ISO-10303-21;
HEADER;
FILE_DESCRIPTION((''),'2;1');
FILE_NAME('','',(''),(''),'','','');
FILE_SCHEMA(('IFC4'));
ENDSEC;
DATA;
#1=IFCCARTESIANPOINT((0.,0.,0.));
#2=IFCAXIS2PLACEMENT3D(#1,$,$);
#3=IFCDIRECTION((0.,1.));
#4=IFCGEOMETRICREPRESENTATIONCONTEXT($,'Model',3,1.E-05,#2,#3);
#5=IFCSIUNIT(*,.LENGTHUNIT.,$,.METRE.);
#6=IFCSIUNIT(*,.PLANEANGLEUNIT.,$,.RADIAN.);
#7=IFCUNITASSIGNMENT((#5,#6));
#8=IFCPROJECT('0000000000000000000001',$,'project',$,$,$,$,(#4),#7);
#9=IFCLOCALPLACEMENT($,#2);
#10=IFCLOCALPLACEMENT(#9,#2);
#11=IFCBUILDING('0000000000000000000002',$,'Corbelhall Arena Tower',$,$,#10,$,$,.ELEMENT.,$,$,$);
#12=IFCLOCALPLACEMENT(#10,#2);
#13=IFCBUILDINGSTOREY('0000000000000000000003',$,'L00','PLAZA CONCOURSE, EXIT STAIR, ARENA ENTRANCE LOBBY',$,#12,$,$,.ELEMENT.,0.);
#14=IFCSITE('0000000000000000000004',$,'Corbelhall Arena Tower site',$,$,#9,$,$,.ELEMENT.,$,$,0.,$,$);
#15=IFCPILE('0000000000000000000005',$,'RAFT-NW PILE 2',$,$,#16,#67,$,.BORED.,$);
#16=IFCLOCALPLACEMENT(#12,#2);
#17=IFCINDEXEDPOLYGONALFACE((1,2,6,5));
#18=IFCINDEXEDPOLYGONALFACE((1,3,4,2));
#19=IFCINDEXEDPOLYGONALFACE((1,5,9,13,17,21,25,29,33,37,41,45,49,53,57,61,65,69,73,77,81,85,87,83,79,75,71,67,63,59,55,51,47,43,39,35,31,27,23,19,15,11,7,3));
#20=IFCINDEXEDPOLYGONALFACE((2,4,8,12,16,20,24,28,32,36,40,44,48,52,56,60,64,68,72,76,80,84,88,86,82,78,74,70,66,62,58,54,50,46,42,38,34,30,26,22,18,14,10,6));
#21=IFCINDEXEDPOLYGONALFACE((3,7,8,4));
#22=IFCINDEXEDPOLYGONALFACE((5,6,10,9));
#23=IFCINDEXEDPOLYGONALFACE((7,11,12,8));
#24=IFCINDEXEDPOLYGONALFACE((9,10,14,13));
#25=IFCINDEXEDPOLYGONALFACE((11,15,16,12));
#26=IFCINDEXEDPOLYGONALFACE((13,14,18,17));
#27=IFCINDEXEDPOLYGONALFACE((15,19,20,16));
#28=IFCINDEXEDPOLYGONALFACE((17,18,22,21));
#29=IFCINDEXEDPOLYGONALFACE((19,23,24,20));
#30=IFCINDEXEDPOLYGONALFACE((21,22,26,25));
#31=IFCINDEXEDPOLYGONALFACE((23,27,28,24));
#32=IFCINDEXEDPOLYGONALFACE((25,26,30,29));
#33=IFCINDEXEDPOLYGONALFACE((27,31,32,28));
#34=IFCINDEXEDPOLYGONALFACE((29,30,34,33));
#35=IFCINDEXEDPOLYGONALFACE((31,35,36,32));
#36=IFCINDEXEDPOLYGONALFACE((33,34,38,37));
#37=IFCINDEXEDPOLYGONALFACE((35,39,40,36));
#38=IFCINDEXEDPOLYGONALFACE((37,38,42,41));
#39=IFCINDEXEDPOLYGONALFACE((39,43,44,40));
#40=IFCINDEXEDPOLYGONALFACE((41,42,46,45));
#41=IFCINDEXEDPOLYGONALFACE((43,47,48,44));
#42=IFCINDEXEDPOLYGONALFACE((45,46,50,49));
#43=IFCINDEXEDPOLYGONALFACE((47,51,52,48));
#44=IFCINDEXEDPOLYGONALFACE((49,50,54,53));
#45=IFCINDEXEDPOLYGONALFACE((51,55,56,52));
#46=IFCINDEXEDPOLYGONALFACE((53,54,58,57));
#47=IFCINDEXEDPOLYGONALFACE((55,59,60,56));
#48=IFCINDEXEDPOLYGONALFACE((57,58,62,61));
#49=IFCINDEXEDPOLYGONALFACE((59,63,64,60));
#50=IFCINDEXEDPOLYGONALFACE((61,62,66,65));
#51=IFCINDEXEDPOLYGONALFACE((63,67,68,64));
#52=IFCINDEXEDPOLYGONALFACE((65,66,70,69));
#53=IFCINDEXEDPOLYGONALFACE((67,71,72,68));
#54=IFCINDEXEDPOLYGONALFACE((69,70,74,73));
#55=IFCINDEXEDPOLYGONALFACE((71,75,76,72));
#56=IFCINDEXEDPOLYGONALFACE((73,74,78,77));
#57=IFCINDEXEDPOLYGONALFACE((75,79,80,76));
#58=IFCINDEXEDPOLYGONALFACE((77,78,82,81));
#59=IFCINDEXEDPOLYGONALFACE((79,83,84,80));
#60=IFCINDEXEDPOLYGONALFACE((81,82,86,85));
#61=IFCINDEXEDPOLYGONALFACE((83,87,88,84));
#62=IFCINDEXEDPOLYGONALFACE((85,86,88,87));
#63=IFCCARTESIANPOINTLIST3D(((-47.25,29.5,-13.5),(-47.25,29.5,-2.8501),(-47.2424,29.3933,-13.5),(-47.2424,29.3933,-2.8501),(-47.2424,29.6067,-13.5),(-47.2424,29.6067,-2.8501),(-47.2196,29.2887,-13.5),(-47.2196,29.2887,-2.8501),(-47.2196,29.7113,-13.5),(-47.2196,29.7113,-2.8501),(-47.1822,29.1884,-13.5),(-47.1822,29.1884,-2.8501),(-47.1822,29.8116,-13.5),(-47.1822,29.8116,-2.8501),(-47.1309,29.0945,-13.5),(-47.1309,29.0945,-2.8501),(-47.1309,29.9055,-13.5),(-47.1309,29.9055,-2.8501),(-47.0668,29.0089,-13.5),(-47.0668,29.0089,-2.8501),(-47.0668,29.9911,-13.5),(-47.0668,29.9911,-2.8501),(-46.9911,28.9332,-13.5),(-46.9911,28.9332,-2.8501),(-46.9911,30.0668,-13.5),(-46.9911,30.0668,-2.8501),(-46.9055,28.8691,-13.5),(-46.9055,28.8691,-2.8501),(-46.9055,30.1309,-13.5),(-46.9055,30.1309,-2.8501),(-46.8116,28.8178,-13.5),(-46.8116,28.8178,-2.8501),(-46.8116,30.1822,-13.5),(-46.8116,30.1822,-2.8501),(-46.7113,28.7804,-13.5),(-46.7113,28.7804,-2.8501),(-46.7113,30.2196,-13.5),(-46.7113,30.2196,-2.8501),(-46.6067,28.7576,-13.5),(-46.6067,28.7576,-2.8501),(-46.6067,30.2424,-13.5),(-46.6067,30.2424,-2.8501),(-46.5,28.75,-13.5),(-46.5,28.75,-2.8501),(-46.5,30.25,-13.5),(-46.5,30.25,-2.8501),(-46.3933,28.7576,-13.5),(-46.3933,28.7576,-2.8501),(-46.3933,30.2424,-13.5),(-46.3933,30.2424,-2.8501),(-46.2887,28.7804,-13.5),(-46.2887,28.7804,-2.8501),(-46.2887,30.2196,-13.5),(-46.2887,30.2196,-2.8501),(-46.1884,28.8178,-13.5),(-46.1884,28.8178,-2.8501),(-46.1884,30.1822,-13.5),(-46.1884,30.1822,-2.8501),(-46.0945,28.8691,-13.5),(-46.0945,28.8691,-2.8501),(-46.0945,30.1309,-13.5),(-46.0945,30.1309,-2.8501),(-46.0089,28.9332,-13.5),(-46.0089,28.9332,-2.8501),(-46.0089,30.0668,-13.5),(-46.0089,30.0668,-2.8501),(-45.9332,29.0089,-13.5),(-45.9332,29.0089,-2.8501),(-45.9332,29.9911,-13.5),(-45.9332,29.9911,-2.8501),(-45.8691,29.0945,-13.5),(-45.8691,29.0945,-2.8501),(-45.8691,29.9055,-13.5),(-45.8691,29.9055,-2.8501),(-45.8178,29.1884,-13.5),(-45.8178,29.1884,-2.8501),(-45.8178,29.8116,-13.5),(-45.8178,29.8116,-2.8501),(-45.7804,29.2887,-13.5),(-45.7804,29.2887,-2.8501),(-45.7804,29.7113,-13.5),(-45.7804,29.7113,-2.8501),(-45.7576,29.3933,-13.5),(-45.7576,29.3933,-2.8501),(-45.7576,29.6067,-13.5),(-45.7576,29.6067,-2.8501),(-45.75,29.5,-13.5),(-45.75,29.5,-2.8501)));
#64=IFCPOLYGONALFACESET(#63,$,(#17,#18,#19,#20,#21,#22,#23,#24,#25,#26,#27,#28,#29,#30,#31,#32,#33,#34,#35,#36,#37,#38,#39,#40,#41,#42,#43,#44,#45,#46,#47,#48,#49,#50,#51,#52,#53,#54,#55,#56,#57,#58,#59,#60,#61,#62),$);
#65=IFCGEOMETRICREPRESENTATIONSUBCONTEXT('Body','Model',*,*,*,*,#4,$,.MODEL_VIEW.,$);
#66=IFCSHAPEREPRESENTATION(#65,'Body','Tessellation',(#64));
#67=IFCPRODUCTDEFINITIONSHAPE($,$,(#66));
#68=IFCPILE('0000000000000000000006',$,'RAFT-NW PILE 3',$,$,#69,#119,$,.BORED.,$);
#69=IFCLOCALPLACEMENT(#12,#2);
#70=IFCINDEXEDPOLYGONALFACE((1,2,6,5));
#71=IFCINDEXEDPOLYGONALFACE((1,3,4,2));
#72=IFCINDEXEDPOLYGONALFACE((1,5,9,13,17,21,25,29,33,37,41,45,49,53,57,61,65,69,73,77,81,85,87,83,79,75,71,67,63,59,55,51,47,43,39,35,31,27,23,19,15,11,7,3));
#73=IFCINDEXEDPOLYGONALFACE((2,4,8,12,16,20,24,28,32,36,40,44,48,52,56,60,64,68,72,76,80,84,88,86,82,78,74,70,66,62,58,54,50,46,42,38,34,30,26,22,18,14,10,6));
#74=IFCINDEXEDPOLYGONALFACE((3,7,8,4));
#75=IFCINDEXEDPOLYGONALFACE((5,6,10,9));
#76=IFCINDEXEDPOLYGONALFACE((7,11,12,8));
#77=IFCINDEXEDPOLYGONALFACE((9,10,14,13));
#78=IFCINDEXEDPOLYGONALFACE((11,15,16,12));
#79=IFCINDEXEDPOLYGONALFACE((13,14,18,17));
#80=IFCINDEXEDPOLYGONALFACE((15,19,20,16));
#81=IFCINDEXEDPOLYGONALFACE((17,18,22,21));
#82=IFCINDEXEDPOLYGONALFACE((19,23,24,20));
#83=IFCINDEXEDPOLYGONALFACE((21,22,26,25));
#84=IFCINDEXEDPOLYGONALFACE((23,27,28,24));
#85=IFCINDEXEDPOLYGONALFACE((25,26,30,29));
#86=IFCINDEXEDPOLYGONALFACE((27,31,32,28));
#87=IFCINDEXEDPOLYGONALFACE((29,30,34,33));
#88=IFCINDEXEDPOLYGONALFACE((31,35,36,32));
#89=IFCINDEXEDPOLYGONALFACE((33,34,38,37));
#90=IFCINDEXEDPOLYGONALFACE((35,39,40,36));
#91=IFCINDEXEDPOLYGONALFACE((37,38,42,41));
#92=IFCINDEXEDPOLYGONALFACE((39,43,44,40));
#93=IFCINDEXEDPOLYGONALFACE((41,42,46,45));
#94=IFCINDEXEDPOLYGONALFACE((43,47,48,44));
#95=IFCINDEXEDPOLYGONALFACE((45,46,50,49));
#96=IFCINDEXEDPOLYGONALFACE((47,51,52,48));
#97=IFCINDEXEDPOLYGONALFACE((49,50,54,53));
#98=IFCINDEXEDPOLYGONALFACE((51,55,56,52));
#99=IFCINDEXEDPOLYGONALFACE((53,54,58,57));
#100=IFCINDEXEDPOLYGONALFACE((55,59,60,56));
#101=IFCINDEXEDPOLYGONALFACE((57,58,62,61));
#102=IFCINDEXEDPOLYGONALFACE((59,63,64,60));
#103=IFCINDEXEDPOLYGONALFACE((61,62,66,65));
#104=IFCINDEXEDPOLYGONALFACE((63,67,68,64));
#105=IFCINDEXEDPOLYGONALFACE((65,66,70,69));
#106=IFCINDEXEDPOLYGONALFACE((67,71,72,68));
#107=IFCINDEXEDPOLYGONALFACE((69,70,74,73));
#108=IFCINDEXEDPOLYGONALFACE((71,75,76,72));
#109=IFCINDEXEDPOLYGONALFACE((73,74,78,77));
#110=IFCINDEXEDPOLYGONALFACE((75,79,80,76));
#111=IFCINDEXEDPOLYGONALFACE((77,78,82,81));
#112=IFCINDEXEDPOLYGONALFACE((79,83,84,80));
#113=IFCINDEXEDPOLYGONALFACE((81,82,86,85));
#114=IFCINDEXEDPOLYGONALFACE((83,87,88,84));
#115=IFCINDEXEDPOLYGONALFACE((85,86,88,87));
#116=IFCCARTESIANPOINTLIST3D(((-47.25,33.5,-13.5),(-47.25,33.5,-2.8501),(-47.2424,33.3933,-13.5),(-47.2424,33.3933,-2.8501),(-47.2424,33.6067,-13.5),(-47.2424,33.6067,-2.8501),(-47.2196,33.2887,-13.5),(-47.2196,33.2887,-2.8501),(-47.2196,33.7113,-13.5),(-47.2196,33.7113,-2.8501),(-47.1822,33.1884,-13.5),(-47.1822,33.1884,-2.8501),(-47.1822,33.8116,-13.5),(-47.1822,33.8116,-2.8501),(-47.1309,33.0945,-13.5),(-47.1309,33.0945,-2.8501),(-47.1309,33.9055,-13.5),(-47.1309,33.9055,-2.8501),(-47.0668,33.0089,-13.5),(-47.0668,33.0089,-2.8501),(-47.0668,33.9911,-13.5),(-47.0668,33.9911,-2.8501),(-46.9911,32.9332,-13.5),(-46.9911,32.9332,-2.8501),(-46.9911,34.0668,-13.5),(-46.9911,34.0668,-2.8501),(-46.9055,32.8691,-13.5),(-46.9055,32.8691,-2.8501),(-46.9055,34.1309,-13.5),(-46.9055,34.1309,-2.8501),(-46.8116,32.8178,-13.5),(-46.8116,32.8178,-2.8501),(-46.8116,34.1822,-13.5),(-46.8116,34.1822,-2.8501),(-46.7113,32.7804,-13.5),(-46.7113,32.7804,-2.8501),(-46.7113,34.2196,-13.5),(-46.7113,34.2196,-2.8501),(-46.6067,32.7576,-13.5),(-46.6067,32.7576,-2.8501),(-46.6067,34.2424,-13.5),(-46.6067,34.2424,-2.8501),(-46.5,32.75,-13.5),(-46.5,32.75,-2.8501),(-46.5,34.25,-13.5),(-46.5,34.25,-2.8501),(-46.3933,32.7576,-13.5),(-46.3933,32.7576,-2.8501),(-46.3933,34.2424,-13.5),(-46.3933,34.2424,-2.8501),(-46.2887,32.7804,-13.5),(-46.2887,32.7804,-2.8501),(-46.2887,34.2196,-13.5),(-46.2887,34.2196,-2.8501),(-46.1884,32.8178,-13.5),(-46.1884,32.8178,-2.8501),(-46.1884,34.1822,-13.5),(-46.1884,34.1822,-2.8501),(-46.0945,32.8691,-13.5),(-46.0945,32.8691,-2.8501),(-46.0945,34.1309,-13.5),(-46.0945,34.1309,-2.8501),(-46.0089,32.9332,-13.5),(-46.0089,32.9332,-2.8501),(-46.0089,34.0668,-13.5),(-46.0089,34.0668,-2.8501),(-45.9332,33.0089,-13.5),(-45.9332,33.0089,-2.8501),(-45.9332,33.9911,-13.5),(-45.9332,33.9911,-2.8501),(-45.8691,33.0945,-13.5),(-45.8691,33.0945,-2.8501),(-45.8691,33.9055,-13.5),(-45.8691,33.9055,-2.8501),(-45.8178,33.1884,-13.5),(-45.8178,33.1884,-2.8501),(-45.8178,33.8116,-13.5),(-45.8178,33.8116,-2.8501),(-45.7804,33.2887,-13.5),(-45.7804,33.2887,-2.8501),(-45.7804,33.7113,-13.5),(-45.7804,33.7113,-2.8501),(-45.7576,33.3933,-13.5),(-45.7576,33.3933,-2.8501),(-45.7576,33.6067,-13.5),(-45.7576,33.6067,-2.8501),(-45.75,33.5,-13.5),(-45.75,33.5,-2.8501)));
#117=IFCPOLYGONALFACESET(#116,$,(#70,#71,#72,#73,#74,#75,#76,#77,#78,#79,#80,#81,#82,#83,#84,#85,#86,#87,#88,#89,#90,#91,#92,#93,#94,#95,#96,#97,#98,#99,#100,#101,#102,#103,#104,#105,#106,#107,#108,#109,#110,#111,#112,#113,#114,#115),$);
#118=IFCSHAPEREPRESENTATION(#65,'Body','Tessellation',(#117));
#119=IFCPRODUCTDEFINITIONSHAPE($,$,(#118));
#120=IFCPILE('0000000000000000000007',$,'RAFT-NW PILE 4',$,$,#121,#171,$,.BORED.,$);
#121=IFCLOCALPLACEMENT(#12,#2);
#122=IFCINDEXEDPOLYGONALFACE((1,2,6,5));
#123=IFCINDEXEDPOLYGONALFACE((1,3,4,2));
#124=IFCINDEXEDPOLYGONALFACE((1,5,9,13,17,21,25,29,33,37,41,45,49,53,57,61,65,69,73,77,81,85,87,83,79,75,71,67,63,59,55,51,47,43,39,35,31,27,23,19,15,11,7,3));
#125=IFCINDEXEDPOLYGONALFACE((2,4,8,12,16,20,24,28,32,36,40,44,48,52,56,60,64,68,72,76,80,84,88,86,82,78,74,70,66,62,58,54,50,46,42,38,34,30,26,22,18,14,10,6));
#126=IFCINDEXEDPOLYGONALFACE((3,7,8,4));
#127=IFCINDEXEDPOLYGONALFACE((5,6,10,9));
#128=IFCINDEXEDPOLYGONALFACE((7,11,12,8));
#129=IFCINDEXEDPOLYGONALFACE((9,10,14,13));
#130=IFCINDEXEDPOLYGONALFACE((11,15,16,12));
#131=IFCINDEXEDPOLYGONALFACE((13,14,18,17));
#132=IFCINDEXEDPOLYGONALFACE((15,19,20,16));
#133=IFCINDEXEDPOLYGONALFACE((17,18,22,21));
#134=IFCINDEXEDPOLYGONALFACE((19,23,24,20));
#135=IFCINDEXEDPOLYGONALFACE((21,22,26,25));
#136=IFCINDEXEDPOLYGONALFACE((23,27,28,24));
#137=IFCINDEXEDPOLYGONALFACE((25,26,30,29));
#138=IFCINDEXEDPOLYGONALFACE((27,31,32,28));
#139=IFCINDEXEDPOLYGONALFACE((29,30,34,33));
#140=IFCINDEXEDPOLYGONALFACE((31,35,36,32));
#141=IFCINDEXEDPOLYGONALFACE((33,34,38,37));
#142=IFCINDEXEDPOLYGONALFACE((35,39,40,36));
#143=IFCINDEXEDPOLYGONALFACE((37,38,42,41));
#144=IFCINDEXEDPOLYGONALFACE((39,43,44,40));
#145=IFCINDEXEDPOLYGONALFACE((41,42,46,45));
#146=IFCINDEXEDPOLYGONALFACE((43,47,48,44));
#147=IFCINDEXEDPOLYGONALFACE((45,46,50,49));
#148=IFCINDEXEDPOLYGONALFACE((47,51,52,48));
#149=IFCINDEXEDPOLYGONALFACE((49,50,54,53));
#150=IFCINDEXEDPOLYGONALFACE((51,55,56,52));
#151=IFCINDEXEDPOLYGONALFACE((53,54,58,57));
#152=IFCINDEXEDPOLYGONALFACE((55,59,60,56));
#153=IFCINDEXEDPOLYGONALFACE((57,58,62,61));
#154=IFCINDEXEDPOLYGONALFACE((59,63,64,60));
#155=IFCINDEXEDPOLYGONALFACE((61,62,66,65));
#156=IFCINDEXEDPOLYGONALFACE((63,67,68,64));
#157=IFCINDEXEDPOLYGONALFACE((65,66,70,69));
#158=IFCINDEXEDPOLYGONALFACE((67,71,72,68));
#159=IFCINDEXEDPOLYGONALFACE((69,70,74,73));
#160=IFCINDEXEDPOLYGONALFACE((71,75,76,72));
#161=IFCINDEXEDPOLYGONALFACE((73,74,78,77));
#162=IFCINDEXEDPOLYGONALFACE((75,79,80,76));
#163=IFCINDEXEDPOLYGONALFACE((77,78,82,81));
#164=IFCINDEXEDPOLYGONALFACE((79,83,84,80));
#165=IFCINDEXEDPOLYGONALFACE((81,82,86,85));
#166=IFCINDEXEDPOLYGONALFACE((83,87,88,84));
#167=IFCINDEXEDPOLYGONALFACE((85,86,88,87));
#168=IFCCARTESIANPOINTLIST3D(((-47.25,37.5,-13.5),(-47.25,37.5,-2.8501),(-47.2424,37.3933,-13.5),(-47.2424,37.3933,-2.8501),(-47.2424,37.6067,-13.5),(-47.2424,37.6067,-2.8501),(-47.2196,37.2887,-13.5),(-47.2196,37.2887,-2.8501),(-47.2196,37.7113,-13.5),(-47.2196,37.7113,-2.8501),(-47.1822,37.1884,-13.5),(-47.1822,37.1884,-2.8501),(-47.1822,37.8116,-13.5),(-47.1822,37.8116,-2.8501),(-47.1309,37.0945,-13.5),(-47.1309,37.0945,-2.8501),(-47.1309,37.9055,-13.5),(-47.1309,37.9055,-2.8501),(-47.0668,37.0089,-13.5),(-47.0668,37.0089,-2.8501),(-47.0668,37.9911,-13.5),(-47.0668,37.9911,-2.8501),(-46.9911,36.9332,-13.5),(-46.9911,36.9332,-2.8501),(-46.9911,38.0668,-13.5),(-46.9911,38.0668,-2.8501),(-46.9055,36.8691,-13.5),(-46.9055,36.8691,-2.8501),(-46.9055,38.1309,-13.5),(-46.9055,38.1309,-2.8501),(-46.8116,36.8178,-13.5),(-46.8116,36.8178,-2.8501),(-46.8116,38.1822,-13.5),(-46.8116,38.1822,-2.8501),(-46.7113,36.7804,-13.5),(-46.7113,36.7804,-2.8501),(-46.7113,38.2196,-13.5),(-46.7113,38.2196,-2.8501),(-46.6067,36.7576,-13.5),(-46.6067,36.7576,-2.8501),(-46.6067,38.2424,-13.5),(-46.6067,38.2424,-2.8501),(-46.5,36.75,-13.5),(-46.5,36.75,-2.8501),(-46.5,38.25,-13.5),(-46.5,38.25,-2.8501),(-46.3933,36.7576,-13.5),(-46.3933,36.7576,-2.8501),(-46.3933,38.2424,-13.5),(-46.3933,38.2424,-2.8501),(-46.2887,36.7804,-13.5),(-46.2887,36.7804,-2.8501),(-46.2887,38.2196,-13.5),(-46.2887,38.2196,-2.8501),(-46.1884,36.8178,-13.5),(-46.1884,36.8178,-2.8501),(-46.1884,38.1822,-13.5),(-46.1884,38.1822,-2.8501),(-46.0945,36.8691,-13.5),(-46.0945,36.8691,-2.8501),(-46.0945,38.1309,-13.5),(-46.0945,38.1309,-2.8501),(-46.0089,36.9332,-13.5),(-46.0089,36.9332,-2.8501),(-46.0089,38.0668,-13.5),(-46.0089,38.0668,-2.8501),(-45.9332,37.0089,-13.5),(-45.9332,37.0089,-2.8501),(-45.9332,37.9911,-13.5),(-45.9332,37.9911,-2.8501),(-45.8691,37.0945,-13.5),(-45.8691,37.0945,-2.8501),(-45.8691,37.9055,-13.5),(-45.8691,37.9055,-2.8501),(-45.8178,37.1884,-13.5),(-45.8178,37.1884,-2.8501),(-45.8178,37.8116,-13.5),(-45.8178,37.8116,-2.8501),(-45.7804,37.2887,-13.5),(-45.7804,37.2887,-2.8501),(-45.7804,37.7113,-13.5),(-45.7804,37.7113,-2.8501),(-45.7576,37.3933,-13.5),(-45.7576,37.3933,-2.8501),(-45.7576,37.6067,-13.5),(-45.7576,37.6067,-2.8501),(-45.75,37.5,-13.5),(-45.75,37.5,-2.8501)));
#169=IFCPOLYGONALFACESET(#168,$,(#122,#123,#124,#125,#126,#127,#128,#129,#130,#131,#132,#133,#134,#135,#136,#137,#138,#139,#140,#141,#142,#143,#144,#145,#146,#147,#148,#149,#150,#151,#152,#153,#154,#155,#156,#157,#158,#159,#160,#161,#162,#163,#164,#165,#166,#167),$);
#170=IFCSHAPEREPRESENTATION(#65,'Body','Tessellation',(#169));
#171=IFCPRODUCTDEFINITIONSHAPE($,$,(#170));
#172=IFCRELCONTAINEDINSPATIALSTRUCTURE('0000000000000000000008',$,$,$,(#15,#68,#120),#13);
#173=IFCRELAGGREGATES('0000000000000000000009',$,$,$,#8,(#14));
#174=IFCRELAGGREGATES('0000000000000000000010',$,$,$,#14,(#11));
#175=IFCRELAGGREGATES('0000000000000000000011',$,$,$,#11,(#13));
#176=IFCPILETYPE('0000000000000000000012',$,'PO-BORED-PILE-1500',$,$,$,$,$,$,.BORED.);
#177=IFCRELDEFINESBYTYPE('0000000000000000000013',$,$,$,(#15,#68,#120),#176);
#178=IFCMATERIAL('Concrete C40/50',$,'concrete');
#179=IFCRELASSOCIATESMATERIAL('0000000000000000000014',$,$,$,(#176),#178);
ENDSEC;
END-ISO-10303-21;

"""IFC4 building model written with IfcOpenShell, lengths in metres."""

from ifc_helpers import new_model, si_unit, direction, frame, origin, origin_2d, place, context, subcontext, project, spatial, circle, extrude, material, material_profile, profile_set, type_object, element, save


model = new_model("IFC4")

# Units and contexts
model_context = context("Model", 3, precision=1e-05, world=origin(), true_north=direction((0.0, 1.0)))
body_context = subcontext(model_context, "Body", "Model", "MODEL_VIEW")
ifc_project = project(units=[si_unit("LENGTHUNIT", "METRE"), si_unit("PLANEANGLEUNIT", "RADIAN")], contexts=[model_context])

# Site, building, storey
site_placement = place(None, origin())
site = spatial("IfcSite", under=ifc_project, at=site_placement, Name="Corbelhall Arena Tower site", CompositionType="ELEMENT", RefElevation=0.0)
building_placement = place(site_placement, origin())
building = spatial("IfcBuilding", under=site, at=building_placement, Name="Corbelhall Arena Tower", CompositionType="ELEMENT")
storey_placement = place(building_placement, origin())
storey = spatial("IfcBuildingStorey", under=building, at=storey_placement, Name="L00", Description="PLAZA CONCOURSE, EXIT STAIR, ARENA ENTRANCE LOBBY", CompositionType="ELEMENT", Elevation=0.0)

# Piles
ifc_material_1 = material(Name="Concrete C40/50", Category="concrete")
ifc_material_profile = material_profile(ifc_material_1, circle(Radius=0.75, at=origin_2d()))
ifc_profile_set = profile_set([ifc_material_profile], Name="Concrete C40/50")
pile_type = type_object("IfcPileType", Name="PO-BORED-PILE-1500", PredefinedType="BORED", material=ifc_profile_set)
for number, where, z_axis, x_axis, name in (
    (1, (-46.5, 29.5, -2.8501), (0.0, 0.0, -1.0), (1.0, 0.0, 0.0), "RAFT-NW PILE 2"),
    (2, (-46.5, 33.5, -2.8501), (0.0, 0.0, -1.0), (1.0, 0.0, 0.0), "RAFT-NW PILE 3"),
    (3, (-46.5, 37.5, -2.8501), (0.0, 0.0, -1.0), (1.0, 0.0, 0.0), "RAFT-NW PILE 4"),
):
    element("IfcPile", number, at=place(storey_placement, frame(where, z_axis=z_axis, x_axis=x_axis)), inside=storey, type_object=pile_type, Name=name, PredefinedType="BORED", context=body_context, shape_type="SweptSolid", body=[
        extrude(circle(Radius=0.75, at=origin_2d()), origin(), (0.0, 0.0, 1.0), 10.6499),
    ])

save(model, "model.ifc")
